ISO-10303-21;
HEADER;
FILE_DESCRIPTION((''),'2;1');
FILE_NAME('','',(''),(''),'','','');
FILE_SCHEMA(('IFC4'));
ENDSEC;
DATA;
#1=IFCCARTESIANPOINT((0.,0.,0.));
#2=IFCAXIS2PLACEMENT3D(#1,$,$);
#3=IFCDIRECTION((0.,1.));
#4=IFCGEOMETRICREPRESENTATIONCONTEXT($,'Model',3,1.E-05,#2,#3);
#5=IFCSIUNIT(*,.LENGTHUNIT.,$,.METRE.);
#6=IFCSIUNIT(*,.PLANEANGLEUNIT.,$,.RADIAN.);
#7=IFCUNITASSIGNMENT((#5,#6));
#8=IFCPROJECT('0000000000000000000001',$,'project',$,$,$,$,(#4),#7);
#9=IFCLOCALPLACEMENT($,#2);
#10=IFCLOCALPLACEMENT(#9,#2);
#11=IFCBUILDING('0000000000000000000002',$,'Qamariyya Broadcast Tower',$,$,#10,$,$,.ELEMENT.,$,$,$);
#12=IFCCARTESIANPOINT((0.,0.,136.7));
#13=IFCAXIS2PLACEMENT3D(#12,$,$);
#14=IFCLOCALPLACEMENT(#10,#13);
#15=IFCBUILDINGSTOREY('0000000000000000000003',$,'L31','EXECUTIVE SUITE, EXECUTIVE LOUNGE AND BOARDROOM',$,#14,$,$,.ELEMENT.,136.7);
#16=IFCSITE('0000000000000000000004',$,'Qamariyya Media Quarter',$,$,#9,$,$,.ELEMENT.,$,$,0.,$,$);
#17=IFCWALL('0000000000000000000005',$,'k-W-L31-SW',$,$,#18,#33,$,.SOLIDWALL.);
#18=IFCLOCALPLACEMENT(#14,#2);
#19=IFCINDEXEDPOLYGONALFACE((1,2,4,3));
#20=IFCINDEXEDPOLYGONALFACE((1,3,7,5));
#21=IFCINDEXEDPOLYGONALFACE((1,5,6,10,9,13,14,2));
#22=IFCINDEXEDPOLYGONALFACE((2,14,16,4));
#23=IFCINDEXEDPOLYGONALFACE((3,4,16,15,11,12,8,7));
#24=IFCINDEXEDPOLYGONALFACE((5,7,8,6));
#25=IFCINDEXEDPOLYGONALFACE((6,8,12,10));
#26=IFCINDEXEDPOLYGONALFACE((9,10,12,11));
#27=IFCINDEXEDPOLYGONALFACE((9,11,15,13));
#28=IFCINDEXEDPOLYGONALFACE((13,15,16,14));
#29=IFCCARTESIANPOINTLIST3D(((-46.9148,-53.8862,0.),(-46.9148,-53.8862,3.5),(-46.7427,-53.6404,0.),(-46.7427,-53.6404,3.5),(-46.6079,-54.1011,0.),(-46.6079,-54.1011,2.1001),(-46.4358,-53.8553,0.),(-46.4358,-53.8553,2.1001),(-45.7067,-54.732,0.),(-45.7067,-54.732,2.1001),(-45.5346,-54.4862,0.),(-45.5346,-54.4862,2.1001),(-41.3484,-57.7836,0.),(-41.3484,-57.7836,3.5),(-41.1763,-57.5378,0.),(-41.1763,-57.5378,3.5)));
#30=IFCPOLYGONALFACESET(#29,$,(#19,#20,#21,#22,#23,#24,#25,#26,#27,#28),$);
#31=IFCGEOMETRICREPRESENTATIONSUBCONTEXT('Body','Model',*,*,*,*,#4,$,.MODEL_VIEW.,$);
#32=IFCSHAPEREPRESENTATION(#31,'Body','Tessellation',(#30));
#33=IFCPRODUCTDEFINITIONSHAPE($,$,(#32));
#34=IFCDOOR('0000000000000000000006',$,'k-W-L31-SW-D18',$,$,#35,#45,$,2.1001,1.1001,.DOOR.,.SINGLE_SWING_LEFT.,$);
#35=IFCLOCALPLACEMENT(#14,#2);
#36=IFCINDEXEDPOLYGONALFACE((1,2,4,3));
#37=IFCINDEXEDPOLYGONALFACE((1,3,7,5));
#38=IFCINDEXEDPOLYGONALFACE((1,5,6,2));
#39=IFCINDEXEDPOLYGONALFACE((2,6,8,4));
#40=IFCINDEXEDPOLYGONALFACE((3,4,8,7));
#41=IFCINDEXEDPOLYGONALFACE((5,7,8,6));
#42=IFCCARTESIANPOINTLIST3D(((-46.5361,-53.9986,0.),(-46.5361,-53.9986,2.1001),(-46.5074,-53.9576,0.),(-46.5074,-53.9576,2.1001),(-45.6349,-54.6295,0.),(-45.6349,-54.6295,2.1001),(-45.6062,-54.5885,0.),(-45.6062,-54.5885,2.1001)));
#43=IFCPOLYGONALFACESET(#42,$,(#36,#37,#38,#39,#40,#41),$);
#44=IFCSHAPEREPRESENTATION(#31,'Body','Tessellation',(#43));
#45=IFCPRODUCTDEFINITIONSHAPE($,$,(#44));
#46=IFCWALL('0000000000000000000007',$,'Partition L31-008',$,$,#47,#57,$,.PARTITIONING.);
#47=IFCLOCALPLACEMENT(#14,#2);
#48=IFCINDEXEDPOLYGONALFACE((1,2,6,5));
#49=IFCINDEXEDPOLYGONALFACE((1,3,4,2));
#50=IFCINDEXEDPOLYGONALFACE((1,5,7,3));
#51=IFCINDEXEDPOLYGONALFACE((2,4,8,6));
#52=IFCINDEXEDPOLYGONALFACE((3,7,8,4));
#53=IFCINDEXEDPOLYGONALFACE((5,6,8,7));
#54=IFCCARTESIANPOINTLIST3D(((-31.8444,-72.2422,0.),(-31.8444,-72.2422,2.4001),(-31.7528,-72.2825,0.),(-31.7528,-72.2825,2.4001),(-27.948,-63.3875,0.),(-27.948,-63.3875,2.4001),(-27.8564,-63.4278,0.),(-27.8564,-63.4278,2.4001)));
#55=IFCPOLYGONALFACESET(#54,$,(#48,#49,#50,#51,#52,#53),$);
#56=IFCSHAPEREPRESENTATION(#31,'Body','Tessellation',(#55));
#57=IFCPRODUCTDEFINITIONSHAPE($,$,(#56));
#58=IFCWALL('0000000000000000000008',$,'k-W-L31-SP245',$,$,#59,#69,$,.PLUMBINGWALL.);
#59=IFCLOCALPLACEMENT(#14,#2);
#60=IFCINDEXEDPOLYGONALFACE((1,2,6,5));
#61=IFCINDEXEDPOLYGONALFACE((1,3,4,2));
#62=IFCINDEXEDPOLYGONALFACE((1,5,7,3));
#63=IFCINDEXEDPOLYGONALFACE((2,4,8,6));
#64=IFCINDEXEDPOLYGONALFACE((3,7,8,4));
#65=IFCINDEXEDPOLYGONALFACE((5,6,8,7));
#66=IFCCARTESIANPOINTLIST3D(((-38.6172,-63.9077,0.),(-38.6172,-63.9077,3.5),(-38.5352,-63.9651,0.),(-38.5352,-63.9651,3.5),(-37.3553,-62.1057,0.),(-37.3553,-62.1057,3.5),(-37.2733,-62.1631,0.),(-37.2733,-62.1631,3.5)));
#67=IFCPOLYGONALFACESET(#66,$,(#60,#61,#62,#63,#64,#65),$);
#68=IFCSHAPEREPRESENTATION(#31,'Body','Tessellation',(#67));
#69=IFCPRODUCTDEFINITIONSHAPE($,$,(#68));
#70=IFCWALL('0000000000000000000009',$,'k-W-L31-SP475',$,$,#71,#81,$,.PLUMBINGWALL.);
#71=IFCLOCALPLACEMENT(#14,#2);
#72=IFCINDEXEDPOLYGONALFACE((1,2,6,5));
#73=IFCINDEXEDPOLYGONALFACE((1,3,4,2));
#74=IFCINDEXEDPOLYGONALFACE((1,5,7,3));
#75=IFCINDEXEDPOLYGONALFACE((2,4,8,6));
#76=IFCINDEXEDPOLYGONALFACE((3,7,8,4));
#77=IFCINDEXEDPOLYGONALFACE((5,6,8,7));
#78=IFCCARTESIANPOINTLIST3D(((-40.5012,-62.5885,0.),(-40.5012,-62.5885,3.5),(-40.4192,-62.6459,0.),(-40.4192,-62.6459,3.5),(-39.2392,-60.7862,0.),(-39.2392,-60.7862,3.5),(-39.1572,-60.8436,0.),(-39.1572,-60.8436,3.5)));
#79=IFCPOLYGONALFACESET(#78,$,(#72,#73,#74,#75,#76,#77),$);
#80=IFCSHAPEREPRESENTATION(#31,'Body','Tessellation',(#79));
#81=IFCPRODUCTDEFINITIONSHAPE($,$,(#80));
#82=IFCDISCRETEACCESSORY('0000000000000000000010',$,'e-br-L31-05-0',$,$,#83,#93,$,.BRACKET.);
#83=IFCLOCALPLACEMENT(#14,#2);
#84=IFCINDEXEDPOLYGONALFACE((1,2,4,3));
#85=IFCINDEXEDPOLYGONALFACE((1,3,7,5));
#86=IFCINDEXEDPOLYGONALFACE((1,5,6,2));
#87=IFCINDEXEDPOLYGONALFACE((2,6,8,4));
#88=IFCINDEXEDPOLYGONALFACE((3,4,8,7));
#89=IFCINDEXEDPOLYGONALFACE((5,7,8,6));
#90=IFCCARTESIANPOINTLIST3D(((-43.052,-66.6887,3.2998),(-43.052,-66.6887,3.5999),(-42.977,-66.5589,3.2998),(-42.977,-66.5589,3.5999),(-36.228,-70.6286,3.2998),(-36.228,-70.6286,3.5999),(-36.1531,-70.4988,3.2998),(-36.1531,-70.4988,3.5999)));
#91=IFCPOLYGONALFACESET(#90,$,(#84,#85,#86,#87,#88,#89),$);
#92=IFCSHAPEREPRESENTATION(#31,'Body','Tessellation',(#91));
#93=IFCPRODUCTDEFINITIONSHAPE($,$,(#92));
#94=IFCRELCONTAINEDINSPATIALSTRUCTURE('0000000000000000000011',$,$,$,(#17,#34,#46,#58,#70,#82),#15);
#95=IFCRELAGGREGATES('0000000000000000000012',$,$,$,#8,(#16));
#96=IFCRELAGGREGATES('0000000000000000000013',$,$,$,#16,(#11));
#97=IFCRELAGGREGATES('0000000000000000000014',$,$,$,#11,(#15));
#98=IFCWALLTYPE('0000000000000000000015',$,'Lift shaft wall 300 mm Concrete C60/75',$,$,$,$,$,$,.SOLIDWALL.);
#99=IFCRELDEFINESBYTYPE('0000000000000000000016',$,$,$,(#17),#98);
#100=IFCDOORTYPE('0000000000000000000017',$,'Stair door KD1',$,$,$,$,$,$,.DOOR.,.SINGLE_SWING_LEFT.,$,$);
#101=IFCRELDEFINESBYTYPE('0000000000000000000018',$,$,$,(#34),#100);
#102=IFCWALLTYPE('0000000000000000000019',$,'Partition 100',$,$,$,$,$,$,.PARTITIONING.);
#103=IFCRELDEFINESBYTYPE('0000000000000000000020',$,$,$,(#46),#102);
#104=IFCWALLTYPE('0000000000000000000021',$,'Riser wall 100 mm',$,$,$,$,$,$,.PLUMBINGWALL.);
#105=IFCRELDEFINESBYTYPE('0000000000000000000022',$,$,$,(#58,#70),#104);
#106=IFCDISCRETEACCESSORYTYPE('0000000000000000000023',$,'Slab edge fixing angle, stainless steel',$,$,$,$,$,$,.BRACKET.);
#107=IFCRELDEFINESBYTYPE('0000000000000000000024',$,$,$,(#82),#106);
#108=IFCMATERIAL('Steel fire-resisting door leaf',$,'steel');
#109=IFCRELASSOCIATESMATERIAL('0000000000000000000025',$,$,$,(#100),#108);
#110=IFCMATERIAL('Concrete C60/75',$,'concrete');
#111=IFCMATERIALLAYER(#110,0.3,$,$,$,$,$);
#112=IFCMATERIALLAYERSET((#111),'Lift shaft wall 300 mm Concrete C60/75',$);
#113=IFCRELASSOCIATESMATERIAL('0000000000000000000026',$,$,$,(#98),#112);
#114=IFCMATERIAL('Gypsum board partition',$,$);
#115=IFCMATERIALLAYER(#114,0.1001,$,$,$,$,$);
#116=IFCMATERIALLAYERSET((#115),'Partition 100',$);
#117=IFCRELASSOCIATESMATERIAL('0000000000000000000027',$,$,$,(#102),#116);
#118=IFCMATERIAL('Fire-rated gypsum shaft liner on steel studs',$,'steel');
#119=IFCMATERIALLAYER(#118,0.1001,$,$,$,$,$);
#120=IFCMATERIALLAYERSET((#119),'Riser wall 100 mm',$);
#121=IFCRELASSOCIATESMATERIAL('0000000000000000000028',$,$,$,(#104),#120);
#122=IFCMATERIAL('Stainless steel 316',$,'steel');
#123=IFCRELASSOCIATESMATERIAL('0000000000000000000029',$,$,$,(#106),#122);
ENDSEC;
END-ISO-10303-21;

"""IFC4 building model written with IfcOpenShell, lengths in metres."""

from ifc_helpers import new_model, si_unit, direction, frame, frame_2d, origin, origin_2d, place, context, subcontext, project, spatial, rectangle, extrude, material, layer, layer_set, type_object, element, fill, save


model = new_model("IFC4")

# Units and contexts
model_context = context("Model", 3, precision=1e-05, world=origin(), true_north=direction((0.0, 1.0)))
body_context = subcontext(model_context, "Body", "Model", "MODEL_VIEW")
ifc_project = project(units=[si_unit("LENGTHUNIT", "METRE"), si_unit("PLANEANGLEUNIT", "RADIAN")], contexts=[model_context])

# Site, building, storey
site_placement = place(None, origin())
site = spatial("IfcSite", under=ifc_project, at=site_placement, Name="Qamariyya Media Quarter", CompositionType="ELEMENT", RefElevation=0.0)
building_placement = place(site_placement, origin())
building = spatial("IfcBuilding", under=site, at=building_placement, Name="Qamariyya Broadcast Tower", CompositionType="ELEMENT")
storey_placement = place(building_placement, frame((0.0, 0.0, 136.7)))
storey = spatial("IfcBuildingStorey", under=building, at=storey_placement, Name="L31", Description="EXECUTIVE SUITE, EXECUTIVE LOUNGE AND BOARDROOM", CompositionType="ELEMENT", Elevation=136.7)

# Shared definitions
ifc_material_1 = material(Name="Steel fire-resisting door leaf", Category="steel")

# Shared definitions
door_type_1 = type_object("IfcDoorType", Name="Stair door KD1", OperationType="SINGLE_SWING_LEFT", PredefinedType="DOOR", material=ifc_material_1)
ifc_material_2 = material(Name="Concrete C60/75", Category="concrete")
ifc_layer_1 = layer(ifc_material_2, 0.3)
ifc_layer_set_1 = layer_set([ifc_layer_1], Name="Lift shaft wall 300 mm Concrete C60/75")
wall_type_1 = type_object("IfcWallType", Name="Lift shaft wall 300 mm Concrete C60/75", PredefinedType="SOLIDWALL", material=ifc_layer_set_1)

# Wall, opening, door
wall_1_placement = place(storey_placement, frame((-41.2625, -57.6606, 0.0), z_axis=(0.0, 0.0, 1.0), x_axis=(-0.819164, 0.573559, 0.0)))
wall_1 = element("IfcWall", 1, at=wall_1_placement, inside=storey, type_object=wall_type_1, Name="k-W-L31-SW", PredefinedType="SOLIDWALL", context=body_context, shape_type="SweptSolid", body=[
    extrude(rectangle(XDim=6.7952, YDim=0.3, at=frame_2d((3.3975, 0.0))), origin(), (0.0, 0.0, 1.0), 3.5),
])
opening_1_placement = place(wall_1_placement, frame((5.3203, 0.0, 0.0)))
opening_1 = element("IfcOpeningElement", 2, at=opening_1_placement, cuts=wall_1, PredefinedType="OPENING", context=body_context, shape_type="SweptSolid", body=[
    extrude(rectangle(XDim=1.1001, YDim=2.1001, at=frame_2d((0.55, 1.05))), frame((0.0, 0.1599, 0.0), z_axis=(0.0, -1.0, 0.0), x_axis=(1.0, 0.0, 0.0)), (0.0, 0.0, 1.0), 0.3201),
])
door_1_placement = place(opening_1_placement, origin())
door_1 = element("IfcDoor", 3, at=door_1_placement, inside=storey, type_object=door_type_1, Name="k-W-L31-SW-D18", OperationType="SINGLE_SWING_LEFT", OverallHeight=2.1001, OverallWidth=1.1001, PredefinedType="DOOR", context=body_context, shape_type="SweptSolid", body=[
    extrude(rectangle(XDim=1.1001, YDim=2.1001, at=frame_2d((0.55, 1.05))), frame((0.0, 0.0249, 0.0), z_axis=(0.0, -1.0, 0.0), x_axis=(1.0, 0.0, 0.0)), (0.0, 0.0, 1.0), 0.05),
])
fill(opening_1, door_1)

# Walls
ifc_material_3 = material(Name="Gypsum board partition")
ifc_layer_2 = layer(ifc_material_3, 0.1001)
ifc_layer_set_2 = layer_set([ifc_layer_2], Name="Partition 100")
wall_type_2 = type_object("IfcWallType", Name="Partition 100", PredefinedType="PARTITIONING", material=ifc_layer_set_2)
wall_2_placement = place(storey_placement, frame((-31.7986, -72.2622, 0.0), z_axis=(0.0, 0.0, 1.0), x_axis=(0.402773, 0.9153, 0.0)))
element("IfcWall", 4, at=wall_2_placement, inside=storey, type_object=wall_type_2, Name="Partition L31-008", PredefinedType="PARTITIONING", context=body_context, shape_type="SweptSolid", body=[
    extrude(rectangle(XDim=9.6741, YDim=0.1001, at=frame_2d((4.8369, 0.0))), origin(), (0.0, 0.0, 1.0), 2.4001),
])
ifc_material_4 = material(Name="Fire-rated gypsum shaft liner on steel studs", Category="steel")
ifc_layer_3 = layer(ifc_material_4, 0.1001)
ifc_layer_set_3 = layer_set([ifc_layer_3], Name="Riser wall 100 mm")
wall_type_3 = type_object("IfcWallType", Name="Riser wall 100 mm", PredefinedType="PLUMBINGWALL", material=ifc_layer_set_3)
wall_3_placement = place(storey_placement, frame((-37.3142, -62.1343, 0.0), z_axis=(0.0, 0.0, 1.0), x_axis=(-0.573634, -0.819112, 0.0)))
element("IfcWall", 5, at=wall_3_placement, inside=storey, type_object=wall_type_3, Name="k-W-L31-SP245", PredefinedType="PLUMBINGWALL", context=body_context, shape_type="SweptSolid", body=[
    extrude(rectangle(XDim=2.2, YDim=0.1001, at=frame_2d((1.1001, 0.0))), origin(), (0.0, 0.0, 1.0), 3.5),
])
wall_4_placement = place(storey_placement, frame((-39.1982, -60.8149, 0.0), z_axis=(0.0, 0.0, 1.0), x_axis=(-0.573581, -0.819149, 0.0)))
element("IfcWall", 6, at=wall_4_placement, inside=storey, type_object=wall_type_3, Name="k-W-L31-SP475", PredefinedType="PLUMBINGWALL", context=body_context, shape_type="SweptSolid", body=[
    extrude(rectangle(XDim=2.2002, YDim=0.1001, at=frame_2d((1.1001, 0.0))), origin(), (0.0, 0.0, 1.0), 3.5),
])

# Discrete accessory
ifc_material_5 = material(Name="Stainless steel 316", Category="steel")
discrete_accessory_type = type_object("IfcDiscreteAccessoryType", Name="Slab edge fixing angle, stainless steel", PredefinedType="BRACKET", material=ifc_material_5)
discrete_accessory_placement = place(storey_placement, frame((-39.6025, -68.5938, 3.2998), z_axis=(0.0, 0.0, 1.0), x_axis=(0.866025, -0.5, 0.0)))
element("IfcDiscreteAccessory", 7, at=discrete_accessory_placement, inside=storey, type_object=discrete_accessory_type, Name="e-br-L31-05-0", PredefinedType="BRACKET", context=body_context, shape_type="SweptSolid", body=[
    extrude(rectangle(XDim=7.8796, YDim=0.1499, at=origin_2d()), origin(), (0.0, 0.0, 1.0), 0.3),
])

save(model, "model.ifc")
